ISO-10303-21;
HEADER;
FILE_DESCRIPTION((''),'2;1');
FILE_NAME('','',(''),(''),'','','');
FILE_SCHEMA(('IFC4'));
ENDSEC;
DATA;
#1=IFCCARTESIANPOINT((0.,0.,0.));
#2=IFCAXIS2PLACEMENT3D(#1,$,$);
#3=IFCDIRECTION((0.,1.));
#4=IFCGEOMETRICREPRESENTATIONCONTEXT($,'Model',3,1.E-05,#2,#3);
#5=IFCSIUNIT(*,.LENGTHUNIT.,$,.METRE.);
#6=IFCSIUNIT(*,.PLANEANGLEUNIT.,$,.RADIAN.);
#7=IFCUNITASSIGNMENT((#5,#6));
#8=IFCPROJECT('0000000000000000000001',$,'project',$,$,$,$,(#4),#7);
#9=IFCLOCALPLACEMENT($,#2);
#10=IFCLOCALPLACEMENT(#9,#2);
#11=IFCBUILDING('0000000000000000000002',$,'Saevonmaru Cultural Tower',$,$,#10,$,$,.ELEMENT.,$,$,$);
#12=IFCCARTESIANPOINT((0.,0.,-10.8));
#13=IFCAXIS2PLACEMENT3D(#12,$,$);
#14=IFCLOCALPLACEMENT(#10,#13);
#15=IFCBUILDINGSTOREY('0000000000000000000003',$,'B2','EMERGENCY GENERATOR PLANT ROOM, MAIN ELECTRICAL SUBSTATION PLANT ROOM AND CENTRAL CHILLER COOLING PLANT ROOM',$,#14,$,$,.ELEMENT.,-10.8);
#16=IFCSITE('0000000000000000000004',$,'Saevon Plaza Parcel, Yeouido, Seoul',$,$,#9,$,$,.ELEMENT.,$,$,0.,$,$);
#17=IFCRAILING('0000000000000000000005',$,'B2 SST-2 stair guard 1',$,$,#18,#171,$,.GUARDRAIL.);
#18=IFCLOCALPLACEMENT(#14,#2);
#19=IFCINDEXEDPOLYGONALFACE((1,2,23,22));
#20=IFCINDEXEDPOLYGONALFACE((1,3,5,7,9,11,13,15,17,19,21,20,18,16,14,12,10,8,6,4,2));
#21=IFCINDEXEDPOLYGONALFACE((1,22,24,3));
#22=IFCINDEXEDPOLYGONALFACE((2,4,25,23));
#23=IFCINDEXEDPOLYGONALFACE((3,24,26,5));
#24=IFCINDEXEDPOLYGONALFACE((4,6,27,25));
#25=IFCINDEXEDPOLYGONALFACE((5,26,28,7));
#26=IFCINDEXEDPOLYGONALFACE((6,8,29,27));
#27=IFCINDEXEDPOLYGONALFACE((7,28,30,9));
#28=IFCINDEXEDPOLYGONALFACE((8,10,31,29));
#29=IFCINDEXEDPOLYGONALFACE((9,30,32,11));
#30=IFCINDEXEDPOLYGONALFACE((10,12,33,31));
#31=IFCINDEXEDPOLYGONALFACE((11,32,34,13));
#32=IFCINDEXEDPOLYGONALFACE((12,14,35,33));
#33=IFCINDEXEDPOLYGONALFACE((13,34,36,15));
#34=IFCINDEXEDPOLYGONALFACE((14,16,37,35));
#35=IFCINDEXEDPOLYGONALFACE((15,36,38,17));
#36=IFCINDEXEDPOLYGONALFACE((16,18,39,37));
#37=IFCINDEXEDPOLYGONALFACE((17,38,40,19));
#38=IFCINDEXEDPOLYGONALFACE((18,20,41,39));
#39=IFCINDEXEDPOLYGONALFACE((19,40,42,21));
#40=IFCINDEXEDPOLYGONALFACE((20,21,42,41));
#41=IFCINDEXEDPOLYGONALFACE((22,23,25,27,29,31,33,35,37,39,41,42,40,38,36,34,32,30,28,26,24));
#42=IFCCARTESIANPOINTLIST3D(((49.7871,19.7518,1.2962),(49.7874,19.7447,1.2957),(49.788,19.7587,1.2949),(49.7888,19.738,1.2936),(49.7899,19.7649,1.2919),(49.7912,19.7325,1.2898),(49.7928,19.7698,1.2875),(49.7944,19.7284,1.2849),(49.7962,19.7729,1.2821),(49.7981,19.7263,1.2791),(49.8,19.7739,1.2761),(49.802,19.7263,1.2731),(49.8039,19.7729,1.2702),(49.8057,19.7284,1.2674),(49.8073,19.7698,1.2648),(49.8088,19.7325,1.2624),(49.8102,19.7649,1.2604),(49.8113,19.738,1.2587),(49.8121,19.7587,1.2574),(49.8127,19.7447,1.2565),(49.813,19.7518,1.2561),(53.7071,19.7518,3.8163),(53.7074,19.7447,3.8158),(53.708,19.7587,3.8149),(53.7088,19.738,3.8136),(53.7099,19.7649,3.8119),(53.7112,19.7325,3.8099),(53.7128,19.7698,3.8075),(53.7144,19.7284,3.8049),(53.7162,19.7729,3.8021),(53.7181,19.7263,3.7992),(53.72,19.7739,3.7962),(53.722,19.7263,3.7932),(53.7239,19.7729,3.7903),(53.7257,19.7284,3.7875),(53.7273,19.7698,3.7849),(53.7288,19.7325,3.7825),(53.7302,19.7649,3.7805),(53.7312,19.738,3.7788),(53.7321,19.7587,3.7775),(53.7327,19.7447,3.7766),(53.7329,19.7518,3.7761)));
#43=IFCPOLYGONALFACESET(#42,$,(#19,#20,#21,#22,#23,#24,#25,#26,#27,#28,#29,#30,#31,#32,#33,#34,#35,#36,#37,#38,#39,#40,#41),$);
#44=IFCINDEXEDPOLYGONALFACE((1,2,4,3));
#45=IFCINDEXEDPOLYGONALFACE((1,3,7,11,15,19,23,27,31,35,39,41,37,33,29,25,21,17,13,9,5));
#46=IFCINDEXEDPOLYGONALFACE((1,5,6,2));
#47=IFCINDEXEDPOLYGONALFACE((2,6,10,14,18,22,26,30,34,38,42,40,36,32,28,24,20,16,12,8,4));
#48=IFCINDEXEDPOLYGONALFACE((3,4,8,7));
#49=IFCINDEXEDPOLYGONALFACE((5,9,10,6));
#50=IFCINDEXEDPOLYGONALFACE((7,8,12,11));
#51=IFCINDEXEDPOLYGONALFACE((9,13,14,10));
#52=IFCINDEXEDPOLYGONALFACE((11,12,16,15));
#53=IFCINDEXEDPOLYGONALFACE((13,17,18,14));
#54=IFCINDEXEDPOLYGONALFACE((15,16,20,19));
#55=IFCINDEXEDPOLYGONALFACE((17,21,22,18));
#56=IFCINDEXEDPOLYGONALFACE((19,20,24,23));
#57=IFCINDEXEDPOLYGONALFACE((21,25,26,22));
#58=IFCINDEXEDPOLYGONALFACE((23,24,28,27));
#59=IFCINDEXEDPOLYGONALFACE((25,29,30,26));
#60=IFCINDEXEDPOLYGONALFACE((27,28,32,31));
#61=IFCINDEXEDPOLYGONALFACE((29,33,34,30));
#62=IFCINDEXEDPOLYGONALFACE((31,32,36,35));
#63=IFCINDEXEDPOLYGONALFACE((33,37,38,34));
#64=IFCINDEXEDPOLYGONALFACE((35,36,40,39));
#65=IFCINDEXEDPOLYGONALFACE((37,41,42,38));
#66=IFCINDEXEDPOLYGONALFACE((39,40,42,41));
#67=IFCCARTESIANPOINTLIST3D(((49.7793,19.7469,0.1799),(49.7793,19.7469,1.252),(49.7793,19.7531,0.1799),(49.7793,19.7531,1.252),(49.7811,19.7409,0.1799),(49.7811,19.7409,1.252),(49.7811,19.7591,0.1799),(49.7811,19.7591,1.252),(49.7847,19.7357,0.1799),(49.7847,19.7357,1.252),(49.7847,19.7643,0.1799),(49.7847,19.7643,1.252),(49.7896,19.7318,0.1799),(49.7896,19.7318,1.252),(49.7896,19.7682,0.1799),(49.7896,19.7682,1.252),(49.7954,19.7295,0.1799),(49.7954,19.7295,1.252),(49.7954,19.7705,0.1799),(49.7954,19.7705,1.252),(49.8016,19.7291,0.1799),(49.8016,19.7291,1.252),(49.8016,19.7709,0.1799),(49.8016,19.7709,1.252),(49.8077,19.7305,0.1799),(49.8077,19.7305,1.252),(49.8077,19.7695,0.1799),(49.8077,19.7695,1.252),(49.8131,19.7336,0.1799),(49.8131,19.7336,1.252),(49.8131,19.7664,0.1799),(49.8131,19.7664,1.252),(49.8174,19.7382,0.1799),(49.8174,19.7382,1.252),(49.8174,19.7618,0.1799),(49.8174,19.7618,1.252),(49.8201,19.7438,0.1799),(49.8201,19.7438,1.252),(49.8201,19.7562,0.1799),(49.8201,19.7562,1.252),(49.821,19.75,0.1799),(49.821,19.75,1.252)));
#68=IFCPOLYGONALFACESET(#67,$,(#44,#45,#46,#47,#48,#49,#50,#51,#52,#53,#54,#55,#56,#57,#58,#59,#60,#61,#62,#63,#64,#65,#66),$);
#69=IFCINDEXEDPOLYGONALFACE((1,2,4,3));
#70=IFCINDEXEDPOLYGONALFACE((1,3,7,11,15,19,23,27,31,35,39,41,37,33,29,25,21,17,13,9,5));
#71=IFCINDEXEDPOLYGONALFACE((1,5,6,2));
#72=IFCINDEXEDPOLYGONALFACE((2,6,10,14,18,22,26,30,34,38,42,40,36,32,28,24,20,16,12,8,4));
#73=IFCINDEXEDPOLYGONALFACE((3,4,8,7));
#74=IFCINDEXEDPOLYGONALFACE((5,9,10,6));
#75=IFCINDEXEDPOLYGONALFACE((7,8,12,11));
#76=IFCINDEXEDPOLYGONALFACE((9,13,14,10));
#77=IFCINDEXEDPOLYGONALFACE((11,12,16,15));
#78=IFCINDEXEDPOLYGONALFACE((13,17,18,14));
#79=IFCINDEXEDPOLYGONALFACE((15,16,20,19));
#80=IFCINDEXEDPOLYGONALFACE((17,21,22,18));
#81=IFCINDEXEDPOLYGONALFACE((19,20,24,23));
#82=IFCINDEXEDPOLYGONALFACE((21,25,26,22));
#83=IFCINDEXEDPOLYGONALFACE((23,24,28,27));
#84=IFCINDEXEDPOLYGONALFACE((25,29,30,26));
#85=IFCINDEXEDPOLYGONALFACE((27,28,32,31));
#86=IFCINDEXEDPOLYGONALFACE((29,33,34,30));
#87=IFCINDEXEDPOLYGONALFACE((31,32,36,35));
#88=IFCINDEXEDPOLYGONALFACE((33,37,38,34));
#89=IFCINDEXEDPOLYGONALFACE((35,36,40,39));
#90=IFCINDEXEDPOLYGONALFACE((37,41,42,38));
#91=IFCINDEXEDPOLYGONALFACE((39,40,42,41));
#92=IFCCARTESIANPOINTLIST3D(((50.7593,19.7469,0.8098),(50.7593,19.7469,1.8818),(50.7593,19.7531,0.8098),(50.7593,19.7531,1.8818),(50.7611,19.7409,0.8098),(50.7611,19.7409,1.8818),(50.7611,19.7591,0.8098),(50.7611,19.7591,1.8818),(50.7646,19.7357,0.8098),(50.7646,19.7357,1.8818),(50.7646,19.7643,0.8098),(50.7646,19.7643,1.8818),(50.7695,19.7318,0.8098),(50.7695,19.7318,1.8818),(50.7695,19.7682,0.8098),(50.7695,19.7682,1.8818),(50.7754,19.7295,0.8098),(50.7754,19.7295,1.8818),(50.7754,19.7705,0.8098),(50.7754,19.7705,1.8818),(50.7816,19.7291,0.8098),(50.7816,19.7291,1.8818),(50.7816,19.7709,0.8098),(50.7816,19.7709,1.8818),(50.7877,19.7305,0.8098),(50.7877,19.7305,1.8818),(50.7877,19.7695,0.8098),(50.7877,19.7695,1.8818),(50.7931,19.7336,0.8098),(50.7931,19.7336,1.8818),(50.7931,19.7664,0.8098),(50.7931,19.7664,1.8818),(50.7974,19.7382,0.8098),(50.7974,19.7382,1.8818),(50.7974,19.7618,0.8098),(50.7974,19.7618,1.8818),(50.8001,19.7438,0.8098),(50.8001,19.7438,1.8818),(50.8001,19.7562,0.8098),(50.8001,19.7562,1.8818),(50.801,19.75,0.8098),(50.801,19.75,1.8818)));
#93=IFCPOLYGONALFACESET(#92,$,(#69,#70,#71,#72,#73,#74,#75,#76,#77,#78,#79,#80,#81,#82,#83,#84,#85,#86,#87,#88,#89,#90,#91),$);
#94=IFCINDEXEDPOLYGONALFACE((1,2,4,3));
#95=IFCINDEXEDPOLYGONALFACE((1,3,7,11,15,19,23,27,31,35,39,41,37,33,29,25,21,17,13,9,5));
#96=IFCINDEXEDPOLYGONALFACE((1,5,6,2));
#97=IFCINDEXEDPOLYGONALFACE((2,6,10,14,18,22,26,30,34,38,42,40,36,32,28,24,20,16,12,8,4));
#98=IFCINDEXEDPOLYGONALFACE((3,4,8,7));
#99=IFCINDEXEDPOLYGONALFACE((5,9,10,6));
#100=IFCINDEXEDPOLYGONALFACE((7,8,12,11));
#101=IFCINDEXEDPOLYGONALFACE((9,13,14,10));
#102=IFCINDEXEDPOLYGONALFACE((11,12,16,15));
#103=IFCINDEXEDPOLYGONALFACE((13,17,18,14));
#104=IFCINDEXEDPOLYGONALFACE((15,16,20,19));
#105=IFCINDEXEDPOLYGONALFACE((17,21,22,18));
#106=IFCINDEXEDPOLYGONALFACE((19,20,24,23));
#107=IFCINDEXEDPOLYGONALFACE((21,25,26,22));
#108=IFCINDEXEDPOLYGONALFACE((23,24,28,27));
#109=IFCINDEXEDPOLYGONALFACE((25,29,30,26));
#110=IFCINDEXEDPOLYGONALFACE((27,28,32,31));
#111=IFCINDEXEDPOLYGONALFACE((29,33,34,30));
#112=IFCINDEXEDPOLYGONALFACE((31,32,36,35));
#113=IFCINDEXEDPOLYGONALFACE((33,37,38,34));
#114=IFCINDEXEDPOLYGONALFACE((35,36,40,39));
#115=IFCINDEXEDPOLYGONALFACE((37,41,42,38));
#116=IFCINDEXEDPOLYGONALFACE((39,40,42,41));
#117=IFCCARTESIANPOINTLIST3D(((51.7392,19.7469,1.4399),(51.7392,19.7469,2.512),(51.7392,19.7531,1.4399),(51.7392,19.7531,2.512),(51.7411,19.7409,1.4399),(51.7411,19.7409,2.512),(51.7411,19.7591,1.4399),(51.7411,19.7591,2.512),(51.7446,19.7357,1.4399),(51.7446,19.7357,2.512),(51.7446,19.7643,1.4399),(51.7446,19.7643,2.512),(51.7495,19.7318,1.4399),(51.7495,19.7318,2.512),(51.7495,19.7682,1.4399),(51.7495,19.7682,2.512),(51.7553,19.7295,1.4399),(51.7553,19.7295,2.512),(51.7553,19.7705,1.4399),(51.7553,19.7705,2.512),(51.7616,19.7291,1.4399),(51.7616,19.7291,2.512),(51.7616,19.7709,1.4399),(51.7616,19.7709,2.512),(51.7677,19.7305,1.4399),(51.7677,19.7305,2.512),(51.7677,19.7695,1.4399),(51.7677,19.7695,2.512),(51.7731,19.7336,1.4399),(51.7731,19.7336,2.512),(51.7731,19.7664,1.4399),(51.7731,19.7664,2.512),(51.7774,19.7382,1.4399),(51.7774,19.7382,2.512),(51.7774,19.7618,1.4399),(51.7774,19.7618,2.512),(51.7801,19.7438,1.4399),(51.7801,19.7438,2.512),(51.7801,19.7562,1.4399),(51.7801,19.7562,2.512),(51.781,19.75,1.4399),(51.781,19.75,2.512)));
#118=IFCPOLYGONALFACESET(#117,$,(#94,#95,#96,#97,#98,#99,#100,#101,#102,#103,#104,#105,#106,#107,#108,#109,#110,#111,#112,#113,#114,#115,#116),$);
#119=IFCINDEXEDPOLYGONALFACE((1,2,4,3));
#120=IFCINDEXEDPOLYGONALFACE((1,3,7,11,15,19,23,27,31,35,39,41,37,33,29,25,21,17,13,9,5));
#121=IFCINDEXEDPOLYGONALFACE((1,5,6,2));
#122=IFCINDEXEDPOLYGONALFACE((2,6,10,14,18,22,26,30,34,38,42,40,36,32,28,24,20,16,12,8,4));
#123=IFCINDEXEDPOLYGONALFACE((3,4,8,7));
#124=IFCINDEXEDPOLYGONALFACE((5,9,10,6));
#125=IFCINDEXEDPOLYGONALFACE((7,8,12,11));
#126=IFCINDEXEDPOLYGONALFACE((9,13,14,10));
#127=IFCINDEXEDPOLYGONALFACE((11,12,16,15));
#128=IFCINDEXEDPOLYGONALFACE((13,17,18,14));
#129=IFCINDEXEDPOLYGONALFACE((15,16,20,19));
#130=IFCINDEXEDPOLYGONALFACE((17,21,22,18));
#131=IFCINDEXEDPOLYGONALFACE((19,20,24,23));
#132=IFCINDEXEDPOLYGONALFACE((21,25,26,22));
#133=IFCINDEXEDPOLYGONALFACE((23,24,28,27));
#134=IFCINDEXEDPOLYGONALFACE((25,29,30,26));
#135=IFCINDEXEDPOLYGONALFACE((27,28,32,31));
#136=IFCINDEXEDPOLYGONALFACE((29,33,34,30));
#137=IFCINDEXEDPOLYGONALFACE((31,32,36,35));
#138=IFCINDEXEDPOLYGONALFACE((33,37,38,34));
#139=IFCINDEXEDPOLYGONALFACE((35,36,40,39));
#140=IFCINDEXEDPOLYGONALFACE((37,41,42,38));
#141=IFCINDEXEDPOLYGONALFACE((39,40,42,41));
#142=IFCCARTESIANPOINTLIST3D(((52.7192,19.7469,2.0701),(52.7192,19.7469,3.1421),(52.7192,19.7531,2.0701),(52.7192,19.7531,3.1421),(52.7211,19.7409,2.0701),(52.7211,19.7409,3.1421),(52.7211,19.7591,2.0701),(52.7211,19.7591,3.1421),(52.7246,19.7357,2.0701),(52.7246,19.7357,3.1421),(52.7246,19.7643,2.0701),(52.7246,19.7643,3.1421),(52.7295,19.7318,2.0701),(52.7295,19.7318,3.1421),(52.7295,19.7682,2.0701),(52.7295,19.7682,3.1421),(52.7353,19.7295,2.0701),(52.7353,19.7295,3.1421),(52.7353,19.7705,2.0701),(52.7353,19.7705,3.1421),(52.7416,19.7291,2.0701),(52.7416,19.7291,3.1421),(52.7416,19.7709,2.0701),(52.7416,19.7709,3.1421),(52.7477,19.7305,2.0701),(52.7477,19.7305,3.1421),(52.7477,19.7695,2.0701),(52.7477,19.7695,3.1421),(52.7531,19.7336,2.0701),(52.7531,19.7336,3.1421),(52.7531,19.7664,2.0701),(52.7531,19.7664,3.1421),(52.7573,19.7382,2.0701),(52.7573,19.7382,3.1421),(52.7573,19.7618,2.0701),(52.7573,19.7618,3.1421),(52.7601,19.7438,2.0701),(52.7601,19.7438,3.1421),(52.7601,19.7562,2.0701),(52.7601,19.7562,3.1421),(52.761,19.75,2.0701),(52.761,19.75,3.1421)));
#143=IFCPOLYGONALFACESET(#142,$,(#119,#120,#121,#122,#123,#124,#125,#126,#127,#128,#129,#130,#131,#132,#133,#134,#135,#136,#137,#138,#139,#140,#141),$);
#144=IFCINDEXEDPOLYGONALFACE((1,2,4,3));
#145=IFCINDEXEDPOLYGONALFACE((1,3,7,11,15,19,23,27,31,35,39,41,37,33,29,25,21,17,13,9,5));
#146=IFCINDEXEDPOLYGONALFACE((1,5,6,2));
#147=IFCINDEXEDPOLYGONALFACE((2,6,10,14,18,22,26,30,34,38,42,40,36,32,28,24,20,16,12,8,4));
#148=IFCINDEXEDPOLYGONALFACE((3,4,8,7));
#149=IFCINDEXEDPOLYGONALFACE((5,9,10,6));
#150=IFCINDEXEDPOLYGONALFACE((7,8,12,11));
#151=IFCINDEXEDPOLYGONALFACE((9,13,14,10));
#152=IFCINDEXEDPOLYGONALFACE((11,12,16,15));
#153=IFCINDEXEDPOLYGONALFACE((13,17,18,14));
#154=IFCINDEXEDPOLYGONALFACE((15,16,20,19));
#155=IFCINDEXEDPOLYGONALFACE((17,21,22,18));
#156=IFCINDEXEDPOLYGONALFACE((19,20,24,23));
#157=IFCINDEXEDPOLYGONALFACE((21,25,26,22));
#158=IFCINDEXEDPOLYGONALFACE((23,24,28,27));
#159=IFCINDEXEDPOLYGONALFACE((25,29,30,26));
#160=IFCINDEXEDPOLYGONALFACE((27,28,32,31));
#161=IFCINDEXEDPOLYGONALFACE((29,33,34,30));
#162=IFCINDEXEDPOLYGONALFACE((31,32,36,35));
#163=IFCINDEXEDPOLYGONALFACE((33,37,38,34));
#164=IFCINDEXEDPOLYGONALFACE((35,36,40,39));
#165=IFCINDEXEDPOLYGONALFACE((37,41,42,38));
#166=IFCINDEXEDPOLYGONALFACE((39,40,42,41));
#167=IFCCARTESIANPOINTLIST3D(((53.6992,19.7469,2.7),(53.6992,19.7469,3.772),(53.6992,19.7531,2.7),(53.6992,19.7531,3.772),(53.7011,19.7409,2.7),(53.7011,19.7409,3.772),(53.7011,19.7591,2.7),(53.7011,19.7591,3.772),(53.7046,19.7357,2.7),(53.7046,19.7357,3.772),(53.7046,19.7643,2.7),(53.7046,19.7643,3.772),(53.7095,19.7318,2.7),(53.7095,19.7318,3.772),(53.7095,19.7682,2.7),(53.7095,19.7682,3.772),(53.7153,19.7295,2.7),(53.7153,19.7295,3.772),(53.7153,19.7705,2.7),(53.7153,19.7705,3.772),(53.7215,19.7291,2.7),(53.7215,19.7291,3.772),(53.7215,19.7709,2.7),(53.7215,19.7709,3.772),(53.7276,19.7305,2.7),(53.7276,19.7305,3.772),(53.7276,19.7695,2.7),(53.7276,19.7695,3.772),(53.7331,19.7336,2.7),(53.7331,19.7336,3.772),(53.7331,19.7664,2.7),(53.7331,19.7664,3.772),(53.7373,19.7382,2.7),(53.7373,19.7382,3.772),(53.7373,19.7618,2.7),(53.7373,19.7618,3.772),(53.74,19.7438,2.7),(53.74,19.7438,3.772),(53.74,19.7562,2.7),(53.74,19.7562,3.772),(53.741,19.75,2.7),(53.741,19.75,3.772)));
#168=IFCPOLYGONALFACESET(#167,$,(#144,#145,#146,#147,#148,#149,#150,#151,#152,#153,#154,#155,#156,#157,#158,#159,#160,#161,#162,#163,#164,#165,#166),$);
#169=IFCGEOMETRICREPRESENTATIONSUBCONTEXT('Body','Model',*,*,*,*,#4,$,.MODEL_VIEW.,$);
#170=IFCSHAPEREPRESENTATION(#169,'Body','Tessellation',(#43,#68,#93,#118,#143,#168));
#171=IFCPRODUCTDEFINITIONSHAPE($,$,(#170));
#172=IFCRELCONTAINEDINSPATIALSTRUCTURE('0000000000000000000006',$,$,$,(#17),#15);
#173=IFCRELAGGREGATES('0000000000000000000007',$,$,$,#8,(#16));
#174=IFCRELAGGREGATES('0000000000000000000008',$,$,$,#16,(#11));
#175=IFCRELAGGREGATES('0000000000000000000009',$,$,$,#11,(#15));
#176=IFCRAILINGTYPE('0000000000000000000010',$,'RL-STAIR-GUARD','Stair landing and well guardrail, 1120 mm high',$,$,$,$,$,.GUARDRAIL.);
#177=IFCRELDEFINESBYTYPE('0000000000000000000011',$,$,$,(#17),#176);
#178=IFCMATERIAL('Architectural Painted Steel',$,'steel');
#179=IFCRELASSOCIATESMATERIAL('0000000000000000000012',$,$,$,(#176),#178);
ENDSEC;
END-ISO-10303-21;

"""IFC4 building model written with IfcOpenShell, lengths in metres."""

from ifc_helpers import new_model, si_unit, direction, frame, origin, origin_2d, place, context, subcontext, project, spatial, circle, extrude, material, type_object, element, save


model = new_model("IFC4")

# Units and contexts
model_context = context("Model", 3, precision=1e-05, world=origin(), true_north=direction((0.0, 1.0)))
body_context = subcontext(model_context, "Body", "Model", "MODEL_VIEW")
ifc_project = project(units=[si_unit("LENGTHUNIT", "METRE"), si_unit("PLANEANGLEUNIT", "RADIAN")], contexts=[model_context])

# Site, building, storey
site_placement = place(None, origin())
site = spatial("IfcSite", under=ifc_project, at=site_placement, Name="Saevon Plaza Parcel, Yeouido, Seoul", CompositionType="ELEMENT", RefElevation=0.0)
building_placement = place(site_placement, origin())
building = spatial("IfcBuilding", under=site, at=building_placement, Name="Saevonmaru Cultural Tower", CompositionType="ELEMENT")
storey_placement = place(building_placement, frame((0.0, 0.0, -10.8)))
storey = spatial("IfcBuildingStorey", under=building, at=storey_placement, Name="B2", Description="EMERGENCY GENERATOR PLANT ROOM, MAIN ELECTRICAL SUBSTATION PLANT ROOM AND CENTRAL CHILLER COOLING PLANT ROOM", CompositionType="ELEMENT", Elevation=-10.8)

# Railing
ifc_material_1 = material(Name="Architectural Painted Steel", Category="steel")
railing_type_1 = type_object("IfcRailingType", Name="RL-STAIR-GUARD", Description="Stair landing and well guardrail, 1120 mm high", PredefinedType="GUARDRAIL", material=ifc_material_1)
railing_1_placement = place(storey_placement, frame((49.8, 19.75, 0.1799)))
element("IfcRailing", 1, at=railing_1_placement, inside=storey, type_object=railing_type_1, Name="B2 SST-2 stair guard 1", PredefinedType="GUARDRAIL", context=body_context, shape_type="SweptSolid", body=[
    extrude(circle(Radius=0.0239, at=origin_2d()), frame((0.0, 0.0, 1.0962), z_axis=(0.841172, 0.0, 0.540768), x_axis=(0.0, 1.0, 0.0)), (0.0, 0.0, 1.0), 4.6602),
    extrude(circle(Radius=0.021, at=origin_2d()), origin(), (0.0, 0.0, 1.0), 1.072),
    extrude(circle(Radius=0.021, at=origin_2d()), frame((0.98, 0.0, 0.6299)), (0.0, 0.0, 1.0), 1.072),
    extrude(circle(Radius=0.021, at=origin_2d()), frame((1.96, 0.0, 1.26)), (0.0, 0.0, 1.0), 1.072),
    extrude(circle(Radius=0.021, at=origin_2d()), frame((2.9399, 0.0, 1.8901)), (0.0, 0.0, 1.0), 1.072),
    extrude(circle(Radius=0.021, at=origin_2d()), frame((3.9199, 0.0, 2.52)), (0.0, 0.0, 1.0), 1.072),
])

save(model, "model.ifc")
